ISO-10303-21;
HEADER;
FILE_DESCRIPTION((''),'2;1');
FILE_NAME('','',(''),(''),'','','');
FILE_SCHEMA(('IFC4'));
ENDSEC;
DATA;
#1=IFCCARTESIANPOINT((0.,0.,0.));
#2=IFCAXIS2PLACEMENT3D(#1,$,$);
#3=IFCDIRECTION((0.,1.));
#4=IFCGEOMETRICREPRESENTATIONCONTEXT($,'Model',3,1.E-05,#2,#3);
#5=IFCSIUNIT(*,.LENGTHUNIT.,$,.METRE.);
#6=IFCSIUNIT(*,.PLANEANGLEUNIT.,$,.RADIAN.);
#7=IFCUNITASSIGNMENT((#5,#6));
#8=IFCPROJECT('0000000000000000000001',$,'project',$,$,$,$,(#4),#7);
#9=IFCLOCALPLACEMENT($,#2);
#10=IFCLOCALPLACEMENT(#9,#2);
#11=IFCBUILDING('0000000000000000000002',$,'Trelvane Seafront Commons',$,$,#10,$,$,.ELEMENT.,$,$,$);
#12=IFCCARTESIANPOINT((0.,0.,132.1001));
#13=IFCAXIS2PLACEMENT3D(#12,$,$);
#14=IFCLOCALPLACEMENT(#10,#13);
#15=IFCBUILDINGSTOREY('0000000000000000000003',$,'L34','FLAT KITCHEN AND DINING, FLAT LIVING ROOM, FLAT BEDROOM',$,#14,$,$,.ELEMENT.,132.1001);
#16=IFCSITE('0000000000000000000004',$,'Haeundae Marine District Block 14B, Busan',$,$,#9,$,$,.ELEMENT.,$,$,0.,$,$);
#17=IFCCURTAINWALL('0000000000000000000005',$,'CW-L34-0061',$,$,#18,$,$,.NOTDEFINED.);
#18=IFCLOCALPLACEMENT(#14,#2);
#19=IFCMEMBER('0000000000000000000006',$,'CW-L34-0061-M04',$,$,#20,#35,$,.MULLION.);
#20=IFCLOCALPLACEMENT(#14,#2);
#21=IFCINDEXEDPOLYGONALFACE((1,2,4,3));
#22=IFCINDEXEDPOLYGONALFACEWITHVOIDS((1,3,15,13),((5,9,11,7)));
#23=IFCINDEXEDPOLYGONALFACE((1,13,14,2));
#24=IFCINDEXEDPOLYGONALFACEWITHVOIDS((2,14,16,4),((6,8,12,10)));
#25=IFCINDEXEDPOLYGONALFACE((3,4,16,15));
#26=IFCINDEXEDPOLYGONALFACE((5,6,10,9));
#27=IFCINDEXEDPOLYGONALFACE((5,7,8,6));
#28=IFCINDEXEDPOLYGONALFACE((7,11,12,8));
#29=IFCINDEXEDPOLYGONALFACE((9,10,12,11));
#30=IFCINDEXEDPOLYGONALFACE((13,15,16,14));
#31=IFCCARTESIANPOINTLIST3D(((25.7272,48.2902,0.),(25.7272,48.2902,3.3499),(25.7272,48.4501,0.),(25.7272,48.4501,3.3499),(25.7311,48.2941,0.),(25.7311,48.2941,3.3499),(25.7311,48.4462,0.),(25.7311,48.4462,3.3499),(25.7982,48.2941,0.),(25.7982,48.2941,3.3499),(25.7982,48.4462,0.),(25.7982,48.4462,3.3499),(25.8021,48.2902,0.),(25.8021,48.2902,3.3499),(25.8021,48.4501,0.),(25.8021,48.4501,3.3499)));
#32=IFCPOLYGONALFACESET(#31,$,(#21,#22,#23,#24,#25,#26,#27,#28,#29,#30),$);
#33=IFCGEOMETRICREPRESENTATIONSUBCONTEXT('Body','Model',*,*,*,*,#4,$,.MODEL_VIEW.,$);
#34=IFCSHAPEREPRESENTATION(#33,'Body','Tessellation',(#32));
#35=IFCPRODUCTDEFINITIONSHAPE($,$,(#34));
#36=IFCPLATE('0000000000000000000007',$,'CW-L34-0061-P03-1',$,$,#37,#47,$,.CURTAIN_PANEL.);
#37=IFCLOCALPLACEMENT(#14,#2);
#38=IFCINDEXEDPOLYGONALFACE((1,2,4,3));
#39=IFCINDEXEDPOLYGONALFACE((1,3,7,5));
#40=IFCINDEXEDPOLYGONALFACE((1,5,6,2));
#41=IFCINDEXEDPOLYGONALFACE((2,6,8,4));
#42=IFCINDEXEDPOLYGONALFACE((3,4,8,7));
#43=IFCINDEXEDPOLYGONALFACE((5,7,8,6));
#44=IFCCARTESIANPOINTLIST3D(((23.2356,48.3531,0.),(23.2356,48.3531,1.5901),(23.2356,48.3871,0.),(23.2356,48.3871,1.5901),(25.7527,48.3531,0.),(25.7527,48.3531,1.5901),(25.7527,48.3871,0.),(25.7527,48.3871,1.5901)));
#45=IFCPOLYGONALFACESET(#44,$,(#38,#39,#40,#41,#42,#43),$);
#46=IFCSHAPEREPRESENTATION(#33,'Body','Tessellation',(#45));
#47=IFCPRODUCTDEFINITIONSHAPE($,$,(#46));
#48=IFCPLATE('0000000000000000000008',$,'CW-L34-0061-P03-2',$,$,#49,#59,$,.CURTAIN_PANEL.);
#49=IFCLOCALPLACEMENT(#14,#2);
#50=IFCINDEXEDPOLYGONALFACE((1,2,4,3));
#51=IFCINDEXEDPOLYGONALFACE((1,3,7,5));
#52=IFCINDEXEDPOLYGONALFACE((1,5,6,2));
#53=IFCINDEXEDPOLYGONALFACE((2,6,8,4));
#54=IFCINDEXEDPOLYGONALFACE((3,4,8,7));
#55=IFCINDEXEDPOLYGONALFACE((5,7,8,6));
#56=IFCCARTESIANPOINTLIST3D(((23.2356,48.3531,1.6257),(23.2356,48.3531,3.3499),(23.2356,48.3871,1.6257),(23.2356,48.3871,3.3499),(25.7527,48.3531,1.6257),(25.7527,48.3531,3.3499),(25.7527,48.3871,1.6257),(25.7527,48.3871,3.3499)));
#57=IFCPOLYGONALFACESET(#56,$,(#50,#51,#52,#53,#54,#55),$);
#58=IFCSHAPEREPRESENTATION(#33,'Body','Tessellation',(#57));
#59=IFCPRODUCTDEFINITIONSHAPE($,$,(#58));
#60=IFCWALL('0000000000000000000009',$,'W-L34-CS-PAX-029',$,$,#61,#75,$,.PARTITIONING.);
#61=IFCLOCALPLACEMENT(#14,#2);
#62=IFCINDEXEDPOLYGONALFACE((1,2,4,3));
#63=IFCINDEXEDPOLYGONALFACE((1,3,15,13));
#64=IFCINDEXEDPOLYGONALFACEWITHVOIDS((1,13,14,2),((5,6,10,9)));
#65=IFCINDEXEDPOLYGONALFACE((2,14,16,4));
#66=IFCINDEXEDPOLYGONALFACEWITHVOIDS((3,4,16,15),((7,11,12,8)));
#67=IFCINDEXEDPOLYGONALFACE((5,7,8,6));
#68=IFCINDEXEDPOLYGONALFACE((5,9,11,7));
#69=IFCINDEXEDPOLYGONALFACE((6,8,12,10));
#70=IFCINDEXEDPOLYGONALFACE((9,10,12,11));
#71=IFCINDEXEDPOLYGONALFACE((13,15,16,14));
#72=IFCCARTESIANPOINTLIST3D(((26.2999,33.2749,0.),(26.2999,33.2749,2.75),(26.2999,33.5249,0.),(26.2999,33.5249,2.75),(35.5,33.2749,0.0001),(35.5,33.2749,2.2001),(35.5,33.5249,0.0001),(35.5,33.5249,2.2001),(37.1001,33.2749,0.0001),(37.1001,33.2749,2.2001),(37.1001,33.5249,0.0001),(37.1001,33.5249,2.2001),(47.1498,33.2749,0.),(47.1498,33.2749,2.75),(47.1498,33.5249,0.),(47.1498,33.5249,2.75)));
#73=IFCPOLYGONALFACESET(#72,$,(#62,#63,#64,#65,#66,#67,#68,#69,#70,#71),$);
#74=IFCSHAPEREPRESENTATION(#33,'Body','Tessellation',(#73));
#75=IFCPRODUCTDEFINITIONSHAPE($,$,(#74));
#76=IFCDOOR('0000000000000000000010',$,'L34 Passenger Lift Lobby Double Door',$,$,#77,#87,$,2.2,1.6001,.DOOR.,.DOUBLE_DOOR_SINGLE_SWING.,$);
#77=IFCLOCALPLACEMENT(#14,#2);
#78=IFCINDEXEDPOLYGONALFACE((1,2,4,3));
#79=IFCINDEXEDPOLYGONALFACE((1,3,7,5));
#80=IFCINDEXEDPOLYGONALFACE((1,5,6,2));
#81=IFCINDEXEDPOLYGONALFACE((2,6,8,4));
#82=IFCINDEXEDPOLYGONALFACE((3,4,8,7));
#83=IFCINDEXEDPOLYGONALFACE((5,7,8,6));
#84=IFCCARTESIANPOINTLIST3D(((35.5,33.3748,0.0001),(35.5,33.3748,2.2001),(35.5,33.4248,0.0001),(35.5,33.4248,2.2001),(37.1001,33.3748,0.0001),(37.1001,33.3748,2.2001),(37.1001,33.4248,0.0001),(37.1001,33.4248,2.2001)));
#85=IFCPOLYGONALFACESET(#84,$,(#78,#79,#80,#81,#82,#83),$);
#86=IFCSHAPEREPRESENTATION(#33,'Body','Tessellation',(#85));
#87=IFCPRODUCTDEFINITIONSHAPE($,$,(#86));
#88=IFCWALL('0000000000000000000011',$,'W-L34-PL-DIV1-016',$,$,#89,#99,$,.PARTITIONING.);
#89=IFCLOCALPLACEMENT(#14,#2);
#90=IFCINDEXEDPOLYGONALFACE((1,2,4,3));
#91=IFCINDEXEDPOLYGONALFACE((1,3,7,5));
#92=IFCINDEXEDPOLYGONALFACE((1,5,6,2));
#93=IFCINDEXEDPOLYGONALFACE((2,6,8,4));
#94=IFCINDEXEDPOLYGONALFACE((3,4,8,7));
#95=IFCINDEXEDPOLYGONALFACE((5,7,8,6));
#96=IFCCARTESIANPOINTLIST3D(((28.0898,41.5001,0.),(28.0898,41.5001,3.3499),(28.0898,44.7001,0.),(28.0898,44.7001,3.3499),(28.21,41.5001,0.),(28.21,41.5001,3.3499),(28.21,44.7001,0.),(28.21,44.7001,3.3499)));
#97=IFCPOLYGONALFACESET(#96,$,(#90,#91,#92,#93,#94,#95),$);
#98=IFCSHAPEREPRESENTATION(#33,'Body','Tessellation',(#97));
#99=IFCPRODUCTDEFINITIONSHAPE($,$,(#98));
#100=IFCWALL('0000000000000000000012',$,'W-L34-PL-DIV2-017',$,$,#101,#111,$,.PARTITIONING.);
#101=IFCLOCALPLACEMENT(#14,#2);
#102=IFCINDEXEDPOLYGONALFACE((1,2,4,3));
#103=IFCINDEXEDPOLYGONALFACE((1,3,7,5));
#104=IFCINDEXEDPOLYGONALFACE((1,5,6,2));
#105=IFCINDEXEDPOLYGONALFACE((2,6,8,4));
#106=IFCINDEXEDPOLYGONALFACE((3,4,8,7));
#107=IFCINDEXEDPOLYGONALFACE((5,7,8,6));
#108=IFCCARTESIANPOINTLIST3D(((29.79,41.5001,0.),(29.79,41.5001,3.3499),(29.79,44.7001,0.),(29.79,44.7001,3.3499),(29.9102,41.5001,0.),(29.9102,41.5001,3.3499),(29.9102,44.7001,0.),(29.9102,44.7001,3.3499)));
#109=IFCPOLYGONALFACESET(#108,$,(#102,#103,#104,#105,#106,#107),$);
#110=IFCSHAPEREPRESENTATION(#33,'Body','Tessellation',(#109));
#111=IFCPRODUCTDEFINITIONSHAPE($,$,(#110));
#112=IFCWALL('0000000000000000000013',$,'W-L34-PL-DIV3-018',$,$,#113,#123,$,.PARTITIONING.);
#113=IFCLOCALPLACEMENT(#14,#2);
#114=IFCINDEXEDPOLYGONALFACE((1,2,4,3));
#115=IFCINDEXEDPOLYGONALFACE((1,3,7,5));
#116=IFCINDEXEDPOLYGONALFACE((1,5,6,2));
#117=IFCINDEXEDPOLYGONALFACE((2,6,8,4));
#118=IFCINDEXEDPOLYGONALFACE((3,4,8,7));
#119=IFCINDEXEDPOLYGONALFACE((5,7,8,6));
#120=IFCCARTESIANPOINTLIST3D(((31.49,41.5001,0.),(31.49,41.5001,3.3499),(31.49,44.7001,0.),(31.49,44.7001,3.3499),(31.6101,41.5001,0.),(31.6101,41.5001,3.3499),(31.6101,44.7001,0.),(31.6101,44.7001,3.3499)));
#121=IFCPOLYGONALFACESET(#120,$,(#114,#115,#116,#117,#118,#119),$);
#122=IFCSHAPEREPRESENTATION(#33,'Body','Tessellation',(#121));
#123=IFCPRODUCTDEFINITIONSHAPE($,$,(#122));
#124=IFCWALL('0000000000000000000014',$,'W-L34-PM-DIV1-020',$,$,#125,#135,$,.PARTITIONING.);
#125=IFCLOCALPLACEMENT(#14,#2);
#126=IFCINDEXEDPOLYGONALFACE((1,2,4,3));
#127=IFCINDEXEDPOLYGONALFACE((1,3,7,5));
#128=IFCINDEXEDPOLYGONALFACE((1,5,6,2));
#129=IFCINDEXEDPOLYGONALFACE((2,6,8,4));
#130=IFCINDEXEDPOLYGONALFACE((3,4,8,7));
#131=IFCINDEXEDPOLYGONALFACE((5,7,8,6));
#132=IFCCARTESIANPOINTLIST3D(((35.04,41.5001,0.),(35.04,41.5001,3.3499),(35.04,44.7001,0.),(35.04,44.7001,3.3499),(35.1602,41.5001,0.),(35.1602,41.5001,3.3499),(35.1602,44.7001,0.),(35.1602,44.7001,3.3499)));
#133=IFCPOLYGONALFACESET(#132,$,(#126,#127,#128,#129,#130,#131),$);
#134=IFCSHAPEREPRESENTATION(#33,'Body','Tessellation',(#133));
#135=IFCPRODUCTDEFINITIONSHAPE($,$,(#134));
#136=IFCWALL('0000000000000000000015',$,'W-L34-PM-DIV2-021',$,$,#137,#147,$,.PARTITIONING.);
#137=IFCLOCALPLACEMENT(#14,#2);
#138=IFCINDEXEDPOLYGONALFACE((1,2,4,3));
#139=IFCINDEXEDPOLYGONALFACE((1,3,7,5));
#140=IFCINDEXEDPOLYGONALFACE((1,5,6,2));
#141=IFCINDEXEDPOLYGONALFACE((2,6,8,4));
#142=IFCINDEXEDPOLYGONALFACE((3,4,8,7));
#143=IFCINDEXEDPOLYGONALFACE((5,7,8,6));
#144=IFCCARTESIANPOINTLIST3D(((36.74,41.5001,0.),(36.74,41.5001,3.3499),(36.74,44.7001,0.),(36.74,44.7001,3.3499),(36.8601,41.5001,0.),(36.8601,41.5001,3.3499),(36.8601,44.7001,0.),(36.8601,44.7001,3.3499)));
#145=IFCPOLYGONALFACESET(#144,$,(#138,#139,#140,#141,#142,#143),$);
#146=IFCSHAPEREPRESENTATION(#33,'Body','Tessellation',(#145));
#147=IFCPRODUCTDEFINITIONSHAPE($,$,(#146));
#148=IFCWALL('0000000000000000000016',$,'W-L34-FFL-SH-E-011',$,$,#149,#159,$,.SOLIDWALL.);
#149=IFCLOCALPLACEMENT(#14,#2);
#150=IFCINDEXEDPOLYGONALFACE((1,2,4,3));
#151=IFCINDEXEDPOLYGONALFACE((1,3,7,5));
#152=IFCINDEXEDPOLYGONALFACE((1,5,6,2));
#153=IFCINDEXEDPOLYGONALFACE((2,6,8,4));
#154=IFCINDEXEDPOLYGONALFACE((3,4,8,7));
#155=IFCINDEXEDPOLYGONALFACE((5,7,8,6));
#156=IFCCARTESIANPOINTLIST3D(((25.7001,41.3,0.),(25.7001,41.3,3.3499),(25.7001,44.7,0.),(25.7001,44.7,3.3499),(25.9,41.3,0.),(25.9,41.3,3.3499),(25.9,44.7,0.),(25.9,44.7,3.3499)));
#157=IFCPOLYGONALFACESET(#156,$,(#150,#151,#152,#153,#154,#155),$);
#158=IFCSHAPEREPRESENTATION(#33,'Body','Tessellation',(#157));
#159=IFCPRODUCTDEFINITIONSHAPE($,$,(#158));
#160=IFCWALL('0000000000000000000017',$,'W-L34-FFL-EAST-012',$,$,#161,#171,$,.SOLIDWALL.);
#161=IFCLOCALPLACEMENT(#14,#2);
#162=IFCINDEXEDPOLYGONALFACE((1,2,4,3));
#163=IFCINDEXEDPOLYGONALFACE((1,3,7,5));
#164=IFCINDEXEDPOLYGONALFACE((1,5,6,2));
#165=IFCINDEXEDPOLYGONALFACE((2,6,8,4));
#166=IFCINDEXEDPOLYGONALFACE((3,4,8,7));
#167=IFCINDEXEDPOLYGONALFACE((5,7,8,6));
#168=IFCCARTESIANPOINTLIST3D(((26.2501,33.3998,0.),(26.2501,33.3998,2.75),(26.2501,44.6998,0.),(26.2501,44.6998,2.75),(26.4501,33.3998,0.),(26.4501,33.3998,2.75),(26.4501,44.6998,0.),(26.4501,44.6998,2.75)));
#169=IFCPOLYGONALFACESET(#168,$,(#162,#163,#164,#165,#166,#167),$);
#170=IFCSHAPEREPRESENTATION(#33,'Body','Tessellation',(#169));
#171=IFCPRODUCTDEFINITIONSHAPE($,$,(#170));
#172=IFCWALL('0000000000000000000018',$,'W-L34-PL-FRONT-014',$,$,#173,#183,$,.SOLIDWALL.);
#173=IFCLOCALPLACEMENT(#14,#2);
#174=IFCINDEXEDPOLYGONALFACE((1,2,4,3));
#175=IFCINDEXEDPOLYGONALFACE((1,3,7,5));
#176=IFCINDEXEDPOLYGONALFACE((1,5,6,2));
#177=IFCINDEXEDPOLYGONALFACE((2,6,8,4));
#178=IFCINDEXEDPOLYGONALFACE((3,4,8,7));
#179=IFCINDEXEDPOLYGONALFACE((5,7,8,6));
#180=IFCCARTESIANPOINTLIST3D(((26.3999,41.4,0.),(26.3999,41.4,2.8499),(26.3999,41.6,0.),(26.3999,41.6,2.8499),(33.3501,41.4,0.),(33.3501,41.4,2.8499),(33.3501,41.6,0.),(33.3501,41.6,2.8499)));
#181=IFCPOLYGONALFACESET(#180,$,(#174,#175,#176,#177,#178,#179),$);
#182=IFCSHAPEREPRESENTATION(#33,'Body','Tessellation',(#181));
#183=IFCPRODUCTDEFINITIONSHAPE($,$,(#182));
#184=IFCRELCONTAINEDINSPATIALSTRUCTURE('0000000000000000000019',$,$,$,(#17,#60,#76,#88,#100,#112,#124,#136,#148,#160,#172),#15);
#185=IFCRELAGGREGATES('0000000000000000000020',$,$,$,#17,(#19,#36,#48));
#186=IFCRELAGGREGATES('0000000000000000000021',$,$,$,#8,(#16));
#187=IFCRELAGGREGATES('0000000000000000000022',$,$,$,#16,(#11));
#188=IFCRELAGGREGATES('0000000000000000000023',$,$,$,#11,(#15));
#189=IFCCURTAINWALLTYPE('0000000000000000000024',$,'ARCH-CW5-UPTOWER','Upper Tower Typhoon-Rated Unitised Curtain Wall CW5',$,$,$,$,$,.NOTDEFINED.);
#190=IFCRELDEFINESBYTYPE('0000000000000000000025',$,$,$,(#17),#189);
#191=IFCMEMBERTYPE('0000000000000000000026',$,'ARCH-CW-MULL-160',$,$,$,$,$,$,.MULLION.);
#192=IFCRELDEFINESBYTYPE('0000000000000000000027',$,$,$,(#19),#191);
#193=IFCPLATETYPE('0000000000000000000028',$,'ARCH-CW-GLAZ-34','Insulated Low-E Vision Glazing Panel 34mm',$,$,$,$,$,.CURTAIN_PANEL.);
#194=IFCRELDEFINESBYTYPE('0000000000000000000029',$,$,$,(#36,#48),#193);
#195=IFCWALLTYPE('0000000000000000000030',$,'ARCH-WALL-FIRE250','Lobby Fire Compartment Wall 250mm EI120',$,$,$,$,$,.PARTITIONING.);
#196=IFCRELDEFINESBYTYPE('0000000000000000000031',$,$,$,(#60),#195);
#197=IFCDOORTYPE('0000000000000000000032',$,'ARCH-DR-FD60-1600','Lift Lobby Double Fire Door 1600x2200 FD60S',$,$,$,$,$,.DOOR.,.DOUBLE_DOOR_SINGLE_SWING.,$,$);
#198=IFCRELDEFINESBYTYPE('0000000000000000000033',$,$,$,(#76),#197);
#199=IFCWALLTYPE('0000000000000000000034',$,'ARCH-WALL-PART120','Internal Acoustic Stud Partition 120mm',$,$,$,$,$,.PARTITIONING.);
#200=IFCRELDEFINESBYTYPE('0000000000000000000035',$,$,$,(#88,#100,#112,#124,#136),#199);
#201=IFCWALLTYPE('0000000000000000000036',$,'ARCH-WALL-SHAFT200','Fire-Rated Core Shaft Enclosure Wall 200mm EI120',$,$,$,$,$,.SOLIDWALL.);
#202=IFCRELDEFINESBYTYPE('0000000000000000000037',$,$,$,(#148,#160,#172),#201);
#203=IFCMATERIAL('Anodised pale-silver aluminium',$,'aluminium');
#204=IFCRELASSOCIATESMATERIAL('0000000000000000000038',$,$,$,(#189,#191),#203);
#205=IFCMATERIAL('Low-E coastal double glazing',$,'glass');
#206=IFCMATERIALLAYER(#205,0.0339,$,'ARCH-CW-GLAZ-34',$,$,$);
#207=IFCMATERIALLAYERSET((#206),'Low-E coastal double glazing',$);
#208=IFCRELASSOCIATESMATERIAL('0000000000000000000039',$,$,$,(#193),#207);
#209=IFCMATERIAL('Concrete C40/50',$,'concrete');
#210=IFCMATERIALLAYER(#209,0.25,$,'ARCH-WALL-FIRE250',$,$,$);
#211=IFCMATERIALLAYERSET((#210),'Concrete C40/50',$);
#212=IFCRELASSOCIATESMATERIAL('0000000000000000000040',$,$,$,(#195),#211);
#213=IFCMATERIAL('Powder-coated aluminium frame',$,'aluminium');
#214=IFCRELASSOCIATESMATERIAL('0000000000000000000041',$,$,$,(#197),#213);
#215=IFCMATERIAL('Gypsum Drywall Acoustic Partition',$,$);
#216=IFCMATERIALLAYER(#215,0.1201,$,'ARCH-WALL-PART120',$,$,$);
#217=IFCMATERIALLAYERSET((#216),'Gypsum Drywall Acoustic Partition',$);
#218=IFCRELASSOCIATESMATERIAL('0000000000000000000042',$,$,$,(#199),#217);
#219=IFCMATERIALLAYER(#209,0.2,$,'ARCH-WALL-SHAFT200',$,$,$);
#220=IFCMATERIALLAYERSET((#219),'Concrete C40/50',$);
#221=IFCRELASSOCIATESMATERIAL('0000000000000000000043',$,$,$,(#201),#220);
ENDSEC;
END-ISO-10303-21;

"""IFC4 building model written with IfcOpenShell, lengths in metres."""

from ifc_helpers import new_model, si_unit, direction, frame, frame_2d, origin, origin_2d, place, context, subcontext, project, spatial, rectangle, hollow_rectangle, extrude, source, transform, mapped, material, layer, layer_set, material_profile, profile_set, type_object, element, fill, aggregate, save


model = new_model("IFC4")

# Units and contexts
model_context = context("Model", 3, precision=1e-05, world=origin(), true_north=direction((0.0, 1.0)))
body_context = subcontext(model_context, "Body", "Model", "MODEL_VIEW")
ifc_project = project(units=[si_unit("LENGTHUNIT", "METRE"), si_unit("PLANEANGLEUNIT", "RADIAN")], contexts=[model_context])

# Site, building, storey
site_placement = place(None, origin())
site = spatial("IfcSite", under=ifc_project, at=site_placement, Name="Haeundae Marine District Block 14B, Busan", CompositionType="ELEMENT", RefElevation=0.0)
building_placement = place(site_placement, origin())
building = spatial("IfcBuilding", under=site, at=building_placement, Name="Trelvane Seafront Commons", CompositionType="ELEMENT")
storey_placement = place(building_placement, frame((0.0, 0.0, 132.1001)))
storey = spatial("IfcBuildingStorey", under=building, at=storey_placement, Name="L34", Description="FLAT KITCHEN AND DINING, FLAT LIVING ROOM, FLAT BEDROOM", CompositionType="ELEMENT", Elevation=132.1001)

# Curtain wall, member, plates
ifc_material_1 = material(Name="Anodised pale-silver aluminium", Category="aluminium")
curtain_wall_type = type_object("IfcCurtainWallType", Name="ARCH-CW5-UPTOWER", Description="Upper Tower Typhoon-Rated Unitised Curtain Wall CW5", PredefinedType="NOTDEFINED", material=ifc_material_1)
curtain_wall_placement = place(storey_placement, origin())
curtain_wall = element("IfcCurtainWall", 1, at=curtain_wall_placement, inside=storey, type_object=curtain_wall_type, Name="CW-L34-0061", PredefinedType="NOTDEFINED")
ifc_material_profile_1 = material_profile(ifc_material_1, hollow_rectangle(XDim=0.075, YDim=0.1599, WallThickness=0.0039, at=origin_2d()), Name="MULL-75x160x4")
ifc_profile_set_1 = profile_set([ifc_material_profile_1], Name="Anodised pale-silver aluminium")
member_type_1 = type_object("IfcMemberType", Name="ARCH-CW-MULL-160", PredefinedType="MULLION", material=ifc_profile_set_1)
shared_shape_1 = source(origin(), body_context, "Body", "SweptSolid", [
    extrude(hollow_rectangle(XDim=0.075, YDim=0.1599, WallThickness=0.0039, at=origin_2d()), origin(), (0.0, 0.0, 1.0), 3.3499),
])
member_1_placement = place(storey_placement, frame((25.7646, 48.3701, 0.0), z_axis=(0.0, 0.0, 1.0), x_axis=(1.0, 0.0, 0.0)))
member_1 = element("IfcMember", 2, at=member_1_placement, type_object=member_type_1, Name="CW-L34-0061-M04", PredefinedType="MULLION", context=body_context, shape_type="MappedRepresentation", body=[
    mapped(shared_shape_1, transform((0.0, 0.0, 0.0), x_axis=(1.0, 0.0, 0.0), y_axis=(0.0, 1.0, 0.0), z_axis=(0.0, 0.0, 1.0), scale=1.0)),
])
ifc_material_2 = material(Name="Low-E coastal double glazing", Category="glass")
ifc_layer_1 = layer(ifc_material_2, 0.0339, Name="ARCH-CW-GLAZ-34")
ifc_layer_set_1 = layer_set([ifc_layer_1], Name="Low-E coastal double glazing")
plate_type = type_object("IfcPlateType", Name="ARCH-CW-GLAZ-34", Description="Insulated Low-E Vision Glazing Panel 34mm", PredefinedType="CURTAIN_PANEL", material=ifc_layer_set_1)
shared_shape_2 = source(origin(), body_context, "Body", "SweptSolid", [
    extrude(rectangle(XDim=2.5171, YDim=0.0339, at=origin_2d()), origin(), (0.0, 0.0, 1.0), 1.5901),
])
plate_1_placement = place(storey_placement, frame((24.4941, 48.3701, 0.0), z_axis=(0.0, 0.0, 1.0), x_axis=(1.0, 0.0, 0.0)))
plate_1 = element("IfcPlate", 3, at=plate_1_placement, type_object=plate_type, Name="CW-L34-0061-P03-1", PredefinedType="CURTAIN_PANEL", context=body_context, shape_type="MappedRepresentation", body=[
    mapped(shared_shape_2, transform((0.0, 0.0, 0.0), x_axis=(1.0, 0.0, 0.0), y_axis=(0.0, 1.0, 0.0), z_axis=(0.0, 0.0, 1.0), scale=1.0)),
])
shared_shape_3 = source(origin(), body_context, "Body", "SweptSolid", [
    extrude(rectangle(XDim=2.5171, YDim=0.0339, at=origin_2d()), origin(), (0.0, 0.0, 1.0), 1.7241),
])
plate_2_placement = place(storey_placement, frame((24.4941, 48.3701, 1.6257), z_axis=(0.0, 0.0, 1.0), x_axis=(1.0, 0.0, 0.0)))
plate_2 = element("IfcPlate", 4, at=plate_2_placement, type_object=plate_type, Name="CW-L34-0061-P03-2", PredefinedType="CURTAIN_PANEL", context=body_context, shape_type="MappedRepresentation", body=[
    mapped(shared_shape_3, transform((0.0, 0.0, 0.0), x_axis=(1.0, 0.0, 0.0), y_axis=(0.0, 1.0, 0.0), z_axis=(0.0, 0.0, 1.0), scale=1.0)),
])
aggregate(curtain_wall, [member_1, plate_1, plate_2])

# Wall, opening, door
ifc_material_3 = material(Name="Concrete C40/50", Category="concrete")
ifc_layer_2 = layer(ifc_material_3, 0.25, Name="ARCH-WALL-FIRE250")
ifc_layer_set_2 = layer_set([ifc_layer_2], Name="Concrete C40/50")
wall_type_1 = type_object("IfcWallType", Name="ARCH-WALL-FIRE250", Description="Lobby Fire Compartment Wall 250mm EI120", PredefinedType="PARTITIONING", material=ifc_layer_set_2)
wall_1_placement = place(storey_placement, frame((26.3, 33.3999, 0.0), z_axis=(0.0, 0.0, 1.0), x_axis=(1.0, 0.0, 0.0)))
wall_1 = element("IfcWall", 5, at=wall_1_placement, inside=storey, type_object=wall_type_1, Name="W-L34-CS-PAX-029", PredefinedType="PARTITIONING", context=body_context, shape_type="SweptSolid", body=[
    extrude(rectangle(XDim=20.8499, YDim=0.25, at=frame_2d((10.4248, 0.0))), origin(), (0.0, 0.0, 1.0), 2.75),
])
opening_1_placement = place(wall_1_placement, frame((9.2, 0.0, 0.0)))
opening_1 = element("IfcOpeningElement", 6, at=opening_1_placement, cuts=wall_1, PredefinedType="OPENING", context=body_context, shape_type="SweptSolid", body=[
    extrude(rectangle(XDim=1.6001, YDim=2.2, at=frame_2d((0.8, 1.1001))), frame((0.0, 0.135, 0.0), z_axis=(0.0, -1.0, 0.0), x_axis=(1.0, 0.0, 0.0)), (0.0, 0.0, 1.0), 0.27),
])
ifc_material_4 = material(Name="Powder-coated aluminium frame", Category="aluminium")
door_type_1 = type_object("IfcDoorType", Name="ARCH-DR-FD60-1600", Description="Lift Lobby Double Fire Door 1600x2200 FD60S", OperationType="DOUBLE_DOOR_SINGLE_SWING", PredefinedType="DOOR", material=ifc_material_4)
shared_shape_4 = source(origin(), body_context, "Body", "SweptSolid", [
    extrude(rectangle(XDim=1.6001, YDim=2.2, at=frame_2d((0.8, 1.1001))), frame((0.0, 0.0249, 0.0), z_axis=(0.0, -1.0, 0.0), x_axis=(1.0, 0.0, 0.0)), (0.0, 0.0, 1.0), 0.05),
])
door_1_placement = place(opening_1_placement, origin())
door_1 = element("IfcDoor", 7, at=door_1_placement, inside=storey, type_object=door_type_1, Name="L34 Passenger Lift Lobby Double Door", OperationType="DOUBLE_DOOR_SINGLE_SWING", OverallHeight=2.2, OverallWidth=1.6001, PredefinedType="DOOR", context=body_context, shape_type="MappedRepresentation", body=[
    mapped(shared_shape_4, transform((0.0, 0.0, 0.0), x_axis=(1.0, 0.0, 0.0), y_axis=(0.0, 1.0, 0.0), z_axis=(0.0, 0.0, 1.0), scale=1.0)),
])
fill(opening_1, door_1)

# Walls
ifc_material_5 = material(Name="Gypsum Drywall Acoustic Partition")
ifc_layer_3 = layer(ifc_material_5, 0.1201, Name="ARCH-WALL-PART120")
ifc_layer_set_3 = layer_set([ifc_layer_3], Name="Gypsum Drywall Acoustic Partition")
wall_type_2 = type_object("IfcWallType", Name="ARCH-WALL-PART120", Description="Internal Acoustic Stud Partition 120mm", PredefinedType="PARTITIONING", material=ifc_layer_set_3)
for number, where, z_axis, x_axis, name in (
    (8, (28.1499, 41.5, 0.0), (0.0, 0.0, 1.0), (0.0, 1.0, 0.0), "W-L34-PL-DIV1-016"),
    (9, (29.8501, 41.5, 0.0), (0.0, 0.0, 1.0), (0.0, 1.0, 0.0), "W-L34-PL-DIV2-017"),
    (10, (31.55, 41.5, 0.0), (0.0, 0.0, 1.0), (0.0, 1.0, 0.0), "W-L34-PL-DIV3-018"),
    (11, (35.1001, 41.5, 0.0), (0.0, 0.0, 1.0), (0.0, 1.0, 0.0), "W-L34-PM-DIV1-020"),
    (12, (36.8, 41.5, 0.0), (0.0, 0.0, 1.0), (0.0, 1.0, 0.0), "W-L34-PM-DIV2-021"),
):
    element("IfcWall", number, at=place(storey_placement, frame(where, z_axis=z_axis, x_axis=x_axis)), inside=storey, type_object=wall_type_2, Name=name, PredefinedType="PARTITIONING", context=body_context, shape_type="SweptSolid", body=[
        extrude(rectangle(XDim=3.2, YDim=0.1201, at=frame_2d((1.6001, 0.0))), origin(), (0.0, 0.0, 1.0), 3.3499),
    ])
ifc_layer_4 = layer(ifc_material_3, 0.2, Name="ARCH-WALL-SHAFT200")
ifc_layer_set_4 = layer_set([ifc_layer_4], Name="Concrete C40/50")
wall_type_3 = type_object("IfcWallType", Name="ARCH-WALL-SHAFT200", Description="Fire-Rated Core Shaft Enclosure Wall 200mm EI120", PredefinedType="SOLIDWALL", material=ifc_layer_set_4)
wall_2_placement = place(storey_placement, frame((25.8, 41.3, 0.0), z_axis=(0.0, 0.0, 1.0), x_axis=(0.0, 1.0, 0.0)))
element("IfcWall", 13, at=wall_2_placement, inside=storey, type_object=wall_type_3, Name="W-L34-FFL-SH-E-011", PredefinedType="SOLIDWALL", context=body_context, shape_type="SweptSolid", body=[
    extrude(rectangle(XDim=3.3999, YDim=0.2, at=frame_2d((1.7, 0.0))), origin(), (0.0, 0.0, 1.0), 3.3499),
])
wall_3_placement = place(storey_placement, frame((26.3501, 33.3999, 0.0), z_axis=(0.0, 0.0, 1.0), x_axis=(0.0, 1.0, 0.0)))
element("IfcWall", 14, at=wall_3_placement, inside=storey, type_object=wall_type_3, Name="W-L34-FFL-EAST-012", PredefinedType="SOLIDWALL", context=body_context, shape_type="SweptSolid", body=[
    extrude(rectangle(XDim=11.3, YDim=0.2, at=frame_2d((5.6499, 0.0))), origin(), (0.0, 0.0, 1.0), 2.75),
])
wall_4_placement = place(storey_placement, frame((26.3999, 41.5, 0.0), z_axis=(0.0, 0.0, 1.0), x_axis=(1.0, 0.0, 0.0)))
element("IfcWall", 15, at=wall_4_placement, inside=storey, type_object=wall_type_3, Name="W-L34-PL-FRONT-014", PredefinedType="SOLIDWALL", context=body_context, shape_type="SweptSolid", body=[
    extrude(rectangle(XDim=6.9502, YDim=0.2, at=frame_2d((3.4751, 0.0))), origin(), (0.0, 0.0, 1.0), 2.8499),
])

save(model, "model.ifc")
